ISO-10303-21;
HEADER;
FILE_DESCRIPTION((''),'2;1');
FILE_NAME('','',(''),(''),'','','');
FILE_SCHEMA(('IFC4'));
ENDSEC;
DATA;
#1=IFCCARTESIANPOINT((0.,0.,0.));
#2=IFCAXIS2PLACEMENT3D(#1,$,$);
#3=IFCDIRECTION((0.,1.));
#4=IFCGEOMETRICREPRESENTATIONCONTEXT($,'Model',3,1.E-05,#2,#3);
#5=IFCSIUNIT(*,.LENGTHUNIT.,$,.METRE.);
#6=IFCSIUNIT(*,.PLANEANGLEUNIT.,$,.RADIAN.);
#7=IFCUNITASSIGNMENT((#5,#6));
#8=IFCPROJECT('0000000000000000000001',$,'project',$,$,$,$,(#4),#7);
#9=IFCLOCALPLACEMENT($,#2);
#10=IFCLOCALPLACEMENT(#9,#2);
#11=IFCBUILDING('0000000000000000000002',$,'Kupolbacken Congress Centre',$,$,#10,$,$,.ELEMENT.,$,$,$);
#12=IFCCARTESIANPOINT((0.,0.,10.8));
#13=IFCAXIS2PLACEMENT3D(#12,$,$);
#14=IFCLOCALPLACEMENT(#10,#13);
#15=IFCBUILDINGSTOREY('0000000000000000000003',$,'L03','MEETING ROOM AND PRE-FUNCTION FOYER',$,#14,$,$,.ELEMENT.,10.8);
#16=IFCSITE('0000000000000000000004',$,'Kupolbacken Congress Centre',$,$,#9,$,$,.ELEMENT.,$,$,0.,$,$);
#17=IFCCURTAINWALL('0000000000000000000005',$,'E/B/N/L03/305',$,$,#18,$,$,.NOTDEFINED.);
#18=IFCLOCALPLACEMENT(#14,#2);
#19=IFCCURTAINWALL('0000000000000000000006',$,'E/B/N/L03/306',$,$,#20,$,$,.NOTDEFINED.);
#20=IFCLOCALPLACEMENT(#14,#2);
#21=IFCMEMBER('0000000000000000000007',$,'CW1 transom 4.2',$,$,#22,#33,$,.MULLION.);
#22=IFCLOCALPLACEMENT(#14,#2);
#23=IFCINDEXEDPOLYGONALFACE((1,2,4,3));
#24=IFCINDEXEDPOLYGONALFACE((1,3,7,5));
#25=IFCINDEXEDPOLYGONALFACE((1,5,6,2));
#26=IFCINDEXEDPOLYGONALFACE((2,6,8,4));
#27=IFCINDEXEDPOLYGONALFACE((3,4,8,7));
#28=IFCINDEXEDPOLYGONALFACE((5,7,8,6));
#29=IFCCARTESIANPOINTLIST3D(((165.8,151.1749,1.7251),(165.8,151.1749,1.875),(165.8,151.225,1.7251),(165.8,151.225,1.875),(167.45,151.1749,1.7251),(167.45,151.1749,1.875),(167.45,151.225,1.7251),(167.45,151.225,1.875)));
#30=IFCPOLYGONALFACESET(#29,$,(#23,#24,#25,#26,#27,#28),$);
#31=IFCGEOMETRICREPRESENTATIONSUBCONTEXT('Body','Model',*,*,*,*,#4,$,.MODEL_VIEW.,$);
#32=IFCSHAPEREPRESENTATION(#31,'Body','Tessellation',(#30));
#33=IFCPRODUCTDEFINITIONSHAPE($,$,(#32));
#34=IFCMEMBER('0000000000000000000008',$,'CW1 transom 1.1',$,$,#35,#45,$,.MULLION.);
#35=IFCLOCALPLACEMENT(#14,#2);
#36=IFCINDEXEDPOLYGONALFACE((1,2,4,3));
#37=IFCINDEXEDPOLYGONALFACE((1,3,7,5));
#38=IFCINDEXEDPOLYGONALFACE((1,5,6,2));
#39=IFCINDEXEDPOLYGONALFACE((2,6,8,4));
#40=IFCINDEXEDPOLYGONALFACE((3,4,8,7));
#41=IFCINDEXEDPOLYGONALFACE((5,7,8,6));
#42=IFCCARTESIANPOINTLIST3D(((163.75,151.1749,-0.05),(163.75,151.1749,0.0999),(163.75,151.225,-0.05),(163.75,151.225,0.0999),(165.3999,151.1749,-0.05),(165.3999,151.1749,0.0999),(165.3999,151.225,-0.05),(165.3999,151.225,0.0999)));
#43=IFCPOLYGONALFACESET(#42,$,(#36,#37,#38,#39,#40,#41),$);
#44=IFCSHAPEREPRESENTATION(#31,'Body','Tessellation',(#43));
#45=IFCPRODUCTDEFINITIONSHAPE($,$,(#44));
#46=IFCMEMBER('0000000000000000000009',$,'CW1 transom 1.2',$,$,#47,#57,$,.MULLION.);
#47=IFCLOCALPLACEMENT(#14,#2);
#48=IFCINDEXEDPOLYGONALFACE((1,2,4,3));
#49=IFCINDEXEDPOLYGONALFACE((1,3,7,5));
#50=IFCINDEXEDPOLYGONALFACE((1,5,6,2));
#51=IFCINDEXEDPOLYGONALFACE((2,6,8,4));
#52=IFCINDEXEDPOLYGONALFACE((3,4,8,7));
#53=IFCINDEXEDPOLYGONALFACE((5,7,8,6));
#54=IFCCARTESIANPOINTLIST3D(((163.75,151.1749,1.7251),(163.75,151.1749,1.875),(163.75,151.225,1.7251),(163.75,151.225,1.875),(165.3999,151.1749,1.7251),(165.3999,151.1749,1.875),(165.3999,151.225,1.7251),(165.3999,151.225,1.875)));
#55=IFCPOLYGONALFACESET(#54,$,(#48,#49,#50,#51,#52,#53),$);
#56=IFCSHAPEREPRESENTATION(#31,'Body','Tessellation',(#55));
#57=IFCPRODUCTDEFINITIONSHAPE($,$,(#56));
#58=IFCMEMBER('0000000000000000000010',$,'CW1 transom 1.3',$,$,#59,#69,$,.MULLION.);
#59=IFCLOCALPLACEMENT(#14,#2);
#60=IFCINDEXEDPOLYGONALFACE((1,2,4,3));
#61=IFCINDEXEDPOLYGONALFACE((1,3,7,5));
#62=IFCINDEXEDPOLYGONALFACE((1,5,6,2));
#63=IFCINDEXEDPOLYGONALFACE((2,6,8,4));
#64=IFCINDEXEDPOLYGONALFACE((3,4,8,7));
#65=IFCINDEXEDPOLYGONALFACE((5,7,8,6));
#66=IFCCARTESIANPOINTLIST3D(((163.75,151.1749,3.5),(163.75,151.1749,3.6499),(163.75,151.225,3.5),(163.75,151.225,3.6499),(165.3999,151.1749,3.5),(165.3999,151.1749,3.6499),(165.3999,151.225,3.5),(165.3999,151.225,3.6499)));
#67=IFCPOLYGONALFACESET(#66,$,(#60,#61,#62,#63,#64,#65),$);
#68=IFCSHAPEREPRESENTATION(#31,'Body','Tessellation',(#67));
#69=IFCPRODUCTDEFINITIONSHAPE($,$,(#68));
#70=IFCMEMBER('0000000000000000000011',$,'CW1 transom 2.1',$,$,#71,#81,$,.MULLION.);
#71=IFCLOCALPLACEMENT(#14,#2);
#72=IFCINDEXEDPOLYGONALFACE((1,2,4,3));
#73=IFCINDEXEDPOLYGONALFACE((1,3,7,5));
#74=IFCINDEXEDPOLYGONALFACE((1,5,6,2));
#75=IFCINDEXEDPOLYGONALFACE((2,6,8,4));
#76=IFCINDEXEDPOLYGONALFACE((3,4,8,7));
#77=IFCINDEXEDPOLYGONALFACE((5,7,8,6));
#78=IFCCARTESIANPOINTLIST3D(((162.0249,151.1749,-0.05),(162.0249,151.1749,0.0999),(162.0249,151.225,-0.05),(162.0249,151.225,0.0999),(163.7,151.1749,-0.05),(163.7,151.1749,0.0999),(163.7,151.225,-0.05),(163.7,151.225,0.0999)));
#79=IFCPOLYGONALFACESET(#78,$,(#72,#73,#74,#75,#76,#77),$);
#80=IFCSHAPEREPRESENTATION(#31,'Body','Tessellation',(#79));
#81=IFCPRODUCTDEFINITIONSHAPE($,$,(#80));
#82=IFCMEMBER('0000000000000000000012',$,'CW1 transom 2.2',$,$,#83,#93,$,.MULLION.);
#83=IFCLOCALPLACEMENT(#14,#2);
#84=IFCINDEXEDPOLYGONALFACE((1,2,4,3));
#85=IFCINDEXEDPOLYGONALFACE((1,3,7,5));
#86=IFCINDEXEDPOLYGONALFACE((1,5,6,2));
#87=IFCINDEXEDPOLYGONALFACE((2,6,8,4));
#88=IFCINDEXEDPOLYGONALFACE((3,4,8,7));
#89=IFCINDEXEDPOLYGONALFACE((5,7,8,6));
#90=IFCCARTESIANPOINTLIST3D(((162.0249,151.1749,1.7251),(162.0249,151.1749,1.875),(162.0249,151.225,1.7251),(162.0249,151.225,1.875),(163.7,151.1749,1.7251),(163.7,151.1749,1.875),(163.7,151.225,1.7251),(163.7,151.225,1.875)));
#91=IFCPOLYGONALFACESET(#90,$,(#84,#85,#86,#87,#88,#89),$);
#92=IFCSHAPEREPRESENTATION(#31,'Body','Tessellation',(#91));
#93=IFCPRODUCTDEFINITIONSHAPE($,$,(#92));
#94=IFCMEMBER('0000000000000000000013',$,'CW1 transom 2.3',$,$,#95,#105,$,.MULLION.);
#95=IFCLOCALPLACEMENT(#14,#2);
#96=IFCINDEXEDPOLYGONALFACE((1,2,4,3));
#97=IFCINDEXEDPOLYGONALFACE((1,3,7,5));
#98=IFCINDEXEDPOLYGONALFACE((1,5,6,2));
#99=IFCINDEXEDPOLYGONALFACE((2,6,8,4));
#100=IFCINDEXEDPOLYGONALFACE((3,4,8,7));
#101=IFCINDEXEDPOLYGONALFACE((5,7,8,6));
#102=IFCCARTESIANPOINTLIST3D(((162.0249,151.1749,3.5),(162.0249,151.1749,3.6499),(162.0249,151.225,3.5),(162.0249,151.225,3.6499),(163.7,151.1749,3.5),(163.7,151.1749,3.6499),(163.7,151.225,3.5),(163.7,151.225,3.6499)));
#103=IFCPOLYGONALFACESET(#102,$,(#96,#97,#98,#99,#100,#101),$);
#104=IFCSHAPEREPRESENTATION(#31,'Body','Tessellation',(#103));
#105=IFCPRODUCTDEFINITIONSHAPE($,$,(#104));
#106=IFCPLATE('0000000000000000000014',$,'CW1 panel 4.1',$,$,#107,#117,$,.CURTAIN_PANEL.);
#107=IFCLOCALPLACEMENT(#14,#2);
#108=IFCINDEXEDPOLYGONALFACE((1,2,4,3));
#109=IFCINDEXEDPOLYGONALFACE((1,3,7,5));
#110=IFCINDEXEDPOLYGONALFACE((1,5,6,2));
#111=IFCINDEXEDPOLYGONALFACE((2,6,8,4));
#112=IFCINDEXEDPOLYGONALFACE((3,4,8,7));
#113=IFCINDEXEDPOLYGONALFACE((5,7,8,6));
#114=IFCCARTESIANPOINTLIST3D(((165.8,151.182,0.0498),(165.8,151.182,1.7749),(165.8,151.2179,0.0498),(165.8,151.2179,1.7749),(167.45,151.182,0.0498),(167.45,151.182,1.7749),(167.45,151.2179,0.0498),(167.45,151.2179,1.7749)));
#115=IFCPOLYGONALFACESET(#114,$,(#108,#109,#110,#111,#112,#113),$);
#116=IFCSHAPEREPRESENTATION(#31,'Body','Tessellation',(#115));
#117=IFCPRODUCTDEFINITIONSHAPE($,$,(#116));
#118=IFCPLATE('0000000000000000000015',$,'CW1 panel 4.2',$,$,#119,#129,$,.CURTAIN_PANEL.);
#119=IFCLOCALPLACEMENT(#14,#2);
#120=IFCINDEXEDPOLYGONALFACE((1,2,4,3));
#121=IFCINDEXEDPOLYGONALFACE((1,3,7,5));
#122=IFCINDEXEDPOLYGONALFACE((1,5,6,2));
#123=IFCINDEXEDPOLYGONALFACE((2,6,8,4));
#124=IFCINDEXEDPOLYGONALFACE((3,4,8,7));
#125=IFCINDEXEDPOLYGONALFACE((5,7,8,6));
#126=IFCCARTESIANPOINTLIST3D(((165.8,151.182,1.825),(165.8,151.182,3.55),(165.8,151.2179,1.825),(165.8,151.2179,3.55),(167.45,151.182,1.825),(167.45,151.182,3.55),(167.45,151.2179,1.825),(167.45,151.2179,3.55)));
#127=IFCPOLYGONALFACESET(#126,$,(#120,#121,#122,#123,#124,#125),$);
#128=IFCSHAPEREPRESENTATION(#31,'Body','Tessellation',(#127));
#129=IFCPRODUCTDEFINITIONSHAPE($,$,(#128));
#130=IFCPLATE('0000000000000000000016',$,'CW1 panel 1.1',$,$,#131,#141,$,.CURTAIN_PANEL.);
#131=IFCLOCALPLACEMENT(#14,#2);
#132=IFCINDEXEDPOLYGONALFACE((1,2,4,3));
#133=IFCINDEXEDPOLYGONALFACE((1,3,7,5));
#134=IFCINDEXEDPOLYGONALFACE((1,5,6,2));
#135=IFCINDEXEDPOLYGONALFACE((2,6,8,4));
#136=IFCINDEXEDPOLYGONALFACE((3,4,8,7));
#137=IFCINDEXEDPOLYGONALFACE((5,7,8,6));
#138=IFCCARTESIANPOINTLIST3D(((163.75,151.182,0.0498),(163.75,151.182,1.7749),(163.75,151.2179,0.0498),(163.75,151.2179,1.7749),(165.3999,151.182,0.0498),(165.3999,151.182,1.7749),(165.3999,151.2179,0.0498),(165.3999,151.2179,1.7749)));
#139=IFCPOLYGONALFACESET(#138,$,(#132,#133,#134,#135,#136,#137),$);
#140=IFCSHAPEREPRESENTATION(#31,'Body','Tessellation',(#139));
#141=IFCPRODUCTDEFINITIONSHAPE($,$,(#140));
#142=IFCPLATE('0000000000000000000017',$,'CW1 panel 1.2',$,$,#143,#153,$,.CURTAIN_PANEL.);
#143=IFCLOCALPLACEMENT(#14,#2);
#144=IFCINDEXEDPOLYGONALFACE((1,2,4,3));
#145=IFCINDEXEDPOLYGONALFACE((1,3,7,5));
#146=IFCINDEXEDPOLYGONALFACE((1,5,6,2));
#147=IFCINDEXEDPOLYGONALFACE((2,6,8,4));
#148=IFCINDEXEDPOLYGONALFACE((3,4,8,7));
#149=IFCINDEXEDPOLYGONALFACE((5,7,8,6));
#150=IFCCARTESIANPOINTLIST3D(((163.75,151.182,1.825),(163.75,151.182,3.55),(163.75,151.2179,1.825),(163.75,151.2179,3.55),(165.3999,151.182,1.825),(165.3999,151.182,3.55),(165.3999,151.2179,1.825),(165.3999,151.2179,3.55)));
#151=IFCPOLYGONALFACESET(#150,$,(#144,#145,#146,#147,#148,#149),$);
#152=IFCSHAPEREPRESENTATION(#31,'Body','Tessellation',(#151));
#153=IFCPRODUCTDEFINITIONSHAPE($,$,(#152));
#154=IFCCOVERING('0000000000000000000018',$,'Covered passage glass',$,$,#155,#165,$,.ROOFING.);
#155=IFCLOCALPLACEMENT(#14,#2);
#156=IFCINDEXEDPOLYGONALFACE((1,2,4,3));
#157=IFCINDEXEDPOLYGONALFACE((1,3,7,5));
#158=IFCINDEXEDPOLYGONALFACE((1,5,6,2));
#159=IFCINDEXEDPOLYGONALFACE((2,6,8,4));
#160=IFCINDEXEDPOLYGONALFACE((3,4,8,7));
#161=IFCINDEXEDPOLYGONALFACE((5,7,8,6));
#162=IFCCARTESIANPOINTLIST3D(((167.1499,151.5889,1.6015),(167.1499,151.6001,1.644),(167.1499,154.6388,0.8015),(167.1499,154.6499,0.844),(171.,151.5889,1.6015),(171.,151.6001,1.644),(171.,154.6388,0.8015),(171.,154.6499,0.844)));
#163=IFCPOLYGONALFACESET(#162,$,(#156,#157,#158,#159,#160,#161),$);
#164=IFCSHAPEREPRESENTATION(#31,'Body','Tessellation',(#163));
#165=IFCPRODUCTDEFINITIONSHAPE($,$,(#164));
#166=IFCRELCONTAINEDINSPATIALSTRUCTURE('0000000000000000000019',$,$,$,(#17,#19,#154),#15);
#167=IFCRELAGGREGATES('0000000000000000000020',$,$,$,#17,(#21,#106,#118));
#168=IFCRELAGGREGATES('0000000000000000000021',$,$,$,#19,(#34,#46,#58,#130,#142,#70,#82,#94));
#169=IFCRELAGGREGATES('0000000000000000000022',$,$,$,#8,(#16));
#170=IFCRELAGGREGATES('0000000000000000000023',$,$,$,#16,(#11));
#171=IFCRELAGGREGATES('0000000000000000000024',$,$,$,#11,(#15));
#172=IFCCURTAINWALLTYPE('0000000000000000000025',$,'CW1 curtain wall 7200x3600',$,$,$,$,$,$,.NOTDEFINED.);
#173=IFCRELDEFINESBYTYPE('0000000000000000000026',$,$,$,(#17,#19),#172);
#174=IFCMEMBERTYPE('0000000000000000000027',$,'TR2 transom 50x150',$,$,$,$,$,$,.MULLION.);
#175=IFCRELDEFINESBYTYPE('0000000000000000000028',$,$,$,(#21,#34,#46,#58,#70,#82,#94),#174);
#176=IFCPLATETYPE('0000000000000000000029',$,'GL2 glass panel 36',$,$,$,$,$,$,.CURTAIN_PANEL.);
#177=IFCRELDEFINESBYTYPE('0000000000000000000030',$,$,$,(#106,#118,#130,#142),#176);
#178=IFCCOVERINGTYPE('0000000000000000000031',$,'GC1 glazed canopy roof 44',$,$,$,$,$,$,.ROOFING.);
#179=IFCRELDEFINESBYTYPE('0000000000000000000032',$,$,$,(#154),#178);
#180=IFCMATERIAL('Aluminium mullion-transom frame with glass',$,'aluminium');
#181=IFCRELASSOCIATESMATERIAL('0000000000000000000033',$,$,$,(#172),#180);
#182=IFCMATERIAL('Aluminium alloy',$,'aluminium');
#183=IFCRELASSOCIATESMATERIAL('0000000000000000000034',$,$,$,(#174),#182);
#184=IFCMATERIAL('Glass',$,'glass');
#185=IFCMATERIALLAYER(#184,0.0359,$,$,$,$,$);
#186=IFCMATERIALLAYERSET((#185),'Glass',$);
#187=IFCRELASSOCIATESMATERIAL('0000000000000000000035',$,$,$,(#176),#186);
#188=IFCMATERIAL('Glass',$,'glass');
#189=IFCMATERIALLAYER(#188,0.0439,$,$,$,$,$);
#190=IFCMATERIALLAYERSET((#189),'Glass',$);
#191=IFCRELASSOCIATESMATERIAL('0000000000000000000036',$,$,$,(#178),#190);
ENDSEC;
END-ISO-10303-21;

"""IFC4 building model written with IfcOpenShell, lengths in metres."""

from ifc_helpers import new_model, si_unit, direction, frame, origin, origin_2d, place, context, subcontext, project, spatial, polyline, rectangle, outline, extrude, material, layer, layer_set, material_profile, profile_set, type_object, element, aggregate, save


model = new_model("IFC4")

# Units and contexts
model_context = context("Model", 3, precision=1e-05, world=origin(), true_north=direction((0.0, 1.0)))
body_context = subcontext(model_context, "Body", "Model", "MODEL_VIEW")
ifc_project = project(units=[si_unit("LENGTHUNIT", "METRE"), si_unit("PLANEANGLEUNIT", "RADIAN")], contexts=[model_context])

# Site, building, storey
site_placement = place(None, origin())
site = spatial("IfcSite", under=ifc_project, at=site_placement, Name="Kupolbacken Congress Centre", CompositionType="ELEMENT", RefElevation=0.0)
building_placement = place(site_placement, origin())
building = spatial("IfcBuilding", under=site, at=building_placement, Name="Kupolbacken Congress Centre", CompositionType="ELEMENT")
storey_placement = place(building_placement, frame((0.0, 0.0, 10.8)))
storey = spatial("IfcBuildingStorey", under=building, at=storey_placement, Name="L03", Description="MEETING ROOM AND PRE-FUNCTION FOYER", CompositionType="ELEMENT", Elevation=10.8)

# Curtain wall
ifc_material_1 = material(Name="Aluminium mullion-transom frame with glass", Category="aluminium")
curtain_wall_type = type_object("IfcCurtainWallType", Name="CW1 curtain wall 7200x3600", PredefinedType="NOTDEFINED", material=ifc_material_1)
curtain_wall_1_placement = place(storey_placement, origin())
curtain_wall_1 = element("IfcCurtainWall", 1, at=curtain_wall_1_placement, inside=storey, type_object=curtain_wall_type, Name="E/B/N/L03/305", PredefinedType="NOTDEFINED")

# Curtain wall
curtain_wall_2_placement = place(storey_placement, origin())
curtain_wall_2 = element("IfcCurtainWall", 2, at=curtain_wall_2_placement, inside=storey, type_object=curtain_wall_type, Name="E/B/N/L03/306", PredefinedType="NOTDEFINED")

# Members
ifc_material_2 = material(Name="Aluminium alloy", Category="aluminium")
ifc_material_profile_1 = material_profile(ifc_material_2, rectangle(XDim=0.05, YDim=0.1499, at=origin_2d()), Name="50 x 150")
ifc_profile_set_1 = profile_set([ifc_material_profile_1], Name="Aluminium alloy")
member_type_1 = type_object("IfcMemberType", Name="TR2 transom 50x150", PredefinedType="MULLION", material=ifc_profile_set_1)
member_1_placement = place(storey_placement, frame((167.45, 151.2, 1.8), z_axis=(-1.0, 0.0, 0.0), x_axis=(0.0, -1.0, 0.0)))
member_1 = element("IfcMember", 3, at=member_1_placement, type_object=member_type_1, Name="CW1 transom 4.2", PredefinedType="MULLION", context=body_context, shape_type="SweptSolid", body=[
    extrude(rectangle(XDim=0.05, YDim=0.1499, at=origin_2d()), origin(), (0.0, 0.0, 1.0), 1.6499),
])
member_2_placement = place(storey_placement, frame((165.3999, 151.2, 0.0249), z_axis=(-1.0, 0.0, 0.0), x_axis=(0.0, -1.0, 0.0)))
member_2 = element("IfcMember", 4, at=member_2_placement, type_object=member_type_1, Name="CW1 transom 1.1", PredefinedType="MULLION", context=body_context, shape_type="SweptSolid", body=[
    extrude(rectangle(XDim=0.05, YDim=0.1499, at=origin_2d()), origin(), (0.0, 0.0, 1.0), 1.6499),
])
member_3_placement = place(storey_placement, frame((165.3999, 151.2, 1.8), z_axis=(-1.0, 0.0, 0.0), x_axis=(0.0, -1.0, 0.0)))
member_3 = element("IfcMember", 5, at=member_3_placement, type_object=member_type_1, Name="CW1 transom 1.2", PredefinedType="MULLION", context=body_context, shape_type="SweptSolid", body=[
    extrude(rectangle(XDim=0.05, YDim=0.1499, at=origin_2d()), origin(), (0.0, 0.0, 1.0), 1.6499),
])
member_4_placement = place(storey_placement, frame((165.3999, 151.2, 3.575), z_axis=(-1.0, 0.0, 0.0), x_axis=(0.0, -1.0, 0.0)))
member_4 = element("IfcMember", 6, at=member_4_placement, type_object=member_type_1, Name="CW1 transom 1.3", PredefinedType="MULLION", context=body_context, shape_type="SweptSolid", body=[
    extrude(rectangle(XDim=0.05, YDim=0.1499, at=origin_2d()), origin(), (0.0, 0.0, 1.0), 1.6499),
])
member_5_placement = place(storey_placement, frame((163.7, 151.2, 0.0249), z_axis=(-1.0, 0.0, 0.0), x_axis=(0.0, -1.0, 0.0)))
member_5 = element("IfcMember", 7, at=member_5_placement, type_object=member_type_1, Name="CW1 transom 2.1", PredefinedType="MULLION", context=body_context, shape_type="SweptSolid", body=[
    extrude(rectangle(XDim=0.05, YDim=0.1499, at=origin_2d()), origin(), (0.0, 0.0, 1.0), 1.675),
])
member_6_placement = place(storey_placement, frame((163.7, 151.2, 1.8), z_axis=(-1.0, 0.0, 0.0), x_axis=(0.0, -1.0, 0.0)))
member_6 = element("IfcMember", 8, at=member_6_placement, type_object=member_type_1, Name="CW1 transom 2.2", PredefinedType="MULLION", context=body_context, shape_type="SweptSolid", body=[
    extrude(rectangle(XDim=0.05, YDim=0.1499, at=origin_2d()), origin(), (0.0, 0.0, 1.0), 1.675),
])
member_7_placement = place(storey_placement, frame((163.7, 151.2, 3.575), z_axis=(-1.0, 0.0, 0.0), x_axis=(0.0, -1.0, 0.0)))
member_7 = element("IfcMember", 9, at=member_7_placement, type_object=member_type_1, Name="CW1 transom 2.3", PredefinedType="MULLION", context=body_context, shape_type="SweptSolid", body=[
    extrude(rectangle(XDim=0.05, YDim=0.1499, at=origin_2d()), origin(), (0.0, 0.0, 1.0), 1.675),
])

# Plates
ifc_material_3 = material(Name="Glass", Category="glass")
ifc_layer_1 = layer(ifc_material_3, 0.0359)
ifc_layer_set_1 = layer_set([ifc_layer_1], Name="Glass")
plate_type = type_object("IfcPlateType", Name="GL2 glass panel 36", PredefinedType="CURTAIN_PANEL", material=ifc_layer_set_1)
plate_1_placement = place(storey_placement, frame((166.625, 151.2, 0.0498), z_axis=(0.0, 0.0, 1.0), x_axis=(-1.0, 0.0, 0.0)))
plate_1 = element("IfcPlate", 10, at=plate_1_placement, type_object=plate_type, Name="CW1 panel 4.1", PredefinedType="CURTAIN_PANEL", context=body_context, shape_type="SweptSolid", body=[
    extrude(rectangle(XDim=1.6499, YDim=0.0359, at=origin_2d()), origin(), (0.0, 0.0, 1.0), 1.7251),
])
plate_2_placement = place(storey_placement, frame((166.625, 151.2, 1.825), z_axis=(0.0, 0.0, 1.0), x_axis=(-1.0, 0.0, 0.0)))
plate_2 = element("IfcPlate", 11, at=plate_2_placement, type_object=plate_type, Name="CW1 panel 4.2", PredefinedType="CURTAIN_PANEL", context=body_context, shape_type="SweptSolid", body=[
    extrude(rectangle(XDim=1.6499, YDim=0.0359, at=origin_2d()), origin(), (0.0, 0.0, 1.0), 1.7251),
])
aggregate(curtain_wall_1, [member_1, plate_1, plate_2])
plate_3_placement = place(storey_placement, frame((164.575, 151.2, 0.0498), z_axis=(0.0, 0.0, 1.0), x_axis=(-1.0, 0.0, 0.0)))
plate_3 = element("IfcPlate", 12, at=plate_3_placement, type_object=plate_type, Name="CW1 panel 1.1", PredefinedType="CURTAIN_PANEL", context=body_context, shape_type="SweptSolid", body=[
    extrude(rectangle(XDim=1.6499, YDim=0.0359, at=origin_2d()), origin(), (0.0, 0.0, 1.0), 1.7251),
])
plate_4_placement = place(storey_placement, frame((164.575, 151.2, 1.825), z_axis=(0.0, 0.0, 1.0), x_axis=(-1.0, 0.0, 0.0)))
plate_4 = element("IfcPlate", 13, at=plate_4_placement, type_object=plate_type, Name="CW1 panel 1.2", PredefinedType="CURTAIN_PANEL", context=body_context, shape_type="SweptSolid", body=[
    extrude(rectangle(XDim=1.6499, YDim=0.0359, at=origin_2d()), origin(), (0.0, 0.0, 1.0), 1.7251),
])
aggregate(curtain_wall_2, [member_2, member_3, member_4, plate_3, plate_4, member_5, member_6, member_7])

# Covering
ifc_material_4 = material(Name="Glass", Category="glass")
ifc_layer_2 = layer(ifc_material_4, 0.0439)
ifc_layer_set_2 = layer_set([ifc_layer_2], Name="Glass")
covering_type = type_object("IfcCoveringType", Name="GC1 glazed canopy roof 44", PredefinedType="ROOFING", material=ifc_layer_set_2)
covering_placement = place(storey_placement, frame((167.1499, 151.6001, 1.644), z_axis=(0.0, 0.253742, 0.967272), x_axis=(1.0, 0.0, 0.0)))
element("IfcCovering", 14, at=covering_placement, inside=storey, type_object=covering_type, Name="Covered passage glass", PredefinedType="ROOFING", context=body_context, shape_type="SweptSolid", body=[
    extrude(outline(polyline([(0.0, 0.0), (3.8501, 0.0), (3.8501, 3.153), (0.0, 3.153), (0.0, 0.0)])), origin(), (0.0, 0.0, -1.0), 0.0439),
])

save(model, "model.ifc")
